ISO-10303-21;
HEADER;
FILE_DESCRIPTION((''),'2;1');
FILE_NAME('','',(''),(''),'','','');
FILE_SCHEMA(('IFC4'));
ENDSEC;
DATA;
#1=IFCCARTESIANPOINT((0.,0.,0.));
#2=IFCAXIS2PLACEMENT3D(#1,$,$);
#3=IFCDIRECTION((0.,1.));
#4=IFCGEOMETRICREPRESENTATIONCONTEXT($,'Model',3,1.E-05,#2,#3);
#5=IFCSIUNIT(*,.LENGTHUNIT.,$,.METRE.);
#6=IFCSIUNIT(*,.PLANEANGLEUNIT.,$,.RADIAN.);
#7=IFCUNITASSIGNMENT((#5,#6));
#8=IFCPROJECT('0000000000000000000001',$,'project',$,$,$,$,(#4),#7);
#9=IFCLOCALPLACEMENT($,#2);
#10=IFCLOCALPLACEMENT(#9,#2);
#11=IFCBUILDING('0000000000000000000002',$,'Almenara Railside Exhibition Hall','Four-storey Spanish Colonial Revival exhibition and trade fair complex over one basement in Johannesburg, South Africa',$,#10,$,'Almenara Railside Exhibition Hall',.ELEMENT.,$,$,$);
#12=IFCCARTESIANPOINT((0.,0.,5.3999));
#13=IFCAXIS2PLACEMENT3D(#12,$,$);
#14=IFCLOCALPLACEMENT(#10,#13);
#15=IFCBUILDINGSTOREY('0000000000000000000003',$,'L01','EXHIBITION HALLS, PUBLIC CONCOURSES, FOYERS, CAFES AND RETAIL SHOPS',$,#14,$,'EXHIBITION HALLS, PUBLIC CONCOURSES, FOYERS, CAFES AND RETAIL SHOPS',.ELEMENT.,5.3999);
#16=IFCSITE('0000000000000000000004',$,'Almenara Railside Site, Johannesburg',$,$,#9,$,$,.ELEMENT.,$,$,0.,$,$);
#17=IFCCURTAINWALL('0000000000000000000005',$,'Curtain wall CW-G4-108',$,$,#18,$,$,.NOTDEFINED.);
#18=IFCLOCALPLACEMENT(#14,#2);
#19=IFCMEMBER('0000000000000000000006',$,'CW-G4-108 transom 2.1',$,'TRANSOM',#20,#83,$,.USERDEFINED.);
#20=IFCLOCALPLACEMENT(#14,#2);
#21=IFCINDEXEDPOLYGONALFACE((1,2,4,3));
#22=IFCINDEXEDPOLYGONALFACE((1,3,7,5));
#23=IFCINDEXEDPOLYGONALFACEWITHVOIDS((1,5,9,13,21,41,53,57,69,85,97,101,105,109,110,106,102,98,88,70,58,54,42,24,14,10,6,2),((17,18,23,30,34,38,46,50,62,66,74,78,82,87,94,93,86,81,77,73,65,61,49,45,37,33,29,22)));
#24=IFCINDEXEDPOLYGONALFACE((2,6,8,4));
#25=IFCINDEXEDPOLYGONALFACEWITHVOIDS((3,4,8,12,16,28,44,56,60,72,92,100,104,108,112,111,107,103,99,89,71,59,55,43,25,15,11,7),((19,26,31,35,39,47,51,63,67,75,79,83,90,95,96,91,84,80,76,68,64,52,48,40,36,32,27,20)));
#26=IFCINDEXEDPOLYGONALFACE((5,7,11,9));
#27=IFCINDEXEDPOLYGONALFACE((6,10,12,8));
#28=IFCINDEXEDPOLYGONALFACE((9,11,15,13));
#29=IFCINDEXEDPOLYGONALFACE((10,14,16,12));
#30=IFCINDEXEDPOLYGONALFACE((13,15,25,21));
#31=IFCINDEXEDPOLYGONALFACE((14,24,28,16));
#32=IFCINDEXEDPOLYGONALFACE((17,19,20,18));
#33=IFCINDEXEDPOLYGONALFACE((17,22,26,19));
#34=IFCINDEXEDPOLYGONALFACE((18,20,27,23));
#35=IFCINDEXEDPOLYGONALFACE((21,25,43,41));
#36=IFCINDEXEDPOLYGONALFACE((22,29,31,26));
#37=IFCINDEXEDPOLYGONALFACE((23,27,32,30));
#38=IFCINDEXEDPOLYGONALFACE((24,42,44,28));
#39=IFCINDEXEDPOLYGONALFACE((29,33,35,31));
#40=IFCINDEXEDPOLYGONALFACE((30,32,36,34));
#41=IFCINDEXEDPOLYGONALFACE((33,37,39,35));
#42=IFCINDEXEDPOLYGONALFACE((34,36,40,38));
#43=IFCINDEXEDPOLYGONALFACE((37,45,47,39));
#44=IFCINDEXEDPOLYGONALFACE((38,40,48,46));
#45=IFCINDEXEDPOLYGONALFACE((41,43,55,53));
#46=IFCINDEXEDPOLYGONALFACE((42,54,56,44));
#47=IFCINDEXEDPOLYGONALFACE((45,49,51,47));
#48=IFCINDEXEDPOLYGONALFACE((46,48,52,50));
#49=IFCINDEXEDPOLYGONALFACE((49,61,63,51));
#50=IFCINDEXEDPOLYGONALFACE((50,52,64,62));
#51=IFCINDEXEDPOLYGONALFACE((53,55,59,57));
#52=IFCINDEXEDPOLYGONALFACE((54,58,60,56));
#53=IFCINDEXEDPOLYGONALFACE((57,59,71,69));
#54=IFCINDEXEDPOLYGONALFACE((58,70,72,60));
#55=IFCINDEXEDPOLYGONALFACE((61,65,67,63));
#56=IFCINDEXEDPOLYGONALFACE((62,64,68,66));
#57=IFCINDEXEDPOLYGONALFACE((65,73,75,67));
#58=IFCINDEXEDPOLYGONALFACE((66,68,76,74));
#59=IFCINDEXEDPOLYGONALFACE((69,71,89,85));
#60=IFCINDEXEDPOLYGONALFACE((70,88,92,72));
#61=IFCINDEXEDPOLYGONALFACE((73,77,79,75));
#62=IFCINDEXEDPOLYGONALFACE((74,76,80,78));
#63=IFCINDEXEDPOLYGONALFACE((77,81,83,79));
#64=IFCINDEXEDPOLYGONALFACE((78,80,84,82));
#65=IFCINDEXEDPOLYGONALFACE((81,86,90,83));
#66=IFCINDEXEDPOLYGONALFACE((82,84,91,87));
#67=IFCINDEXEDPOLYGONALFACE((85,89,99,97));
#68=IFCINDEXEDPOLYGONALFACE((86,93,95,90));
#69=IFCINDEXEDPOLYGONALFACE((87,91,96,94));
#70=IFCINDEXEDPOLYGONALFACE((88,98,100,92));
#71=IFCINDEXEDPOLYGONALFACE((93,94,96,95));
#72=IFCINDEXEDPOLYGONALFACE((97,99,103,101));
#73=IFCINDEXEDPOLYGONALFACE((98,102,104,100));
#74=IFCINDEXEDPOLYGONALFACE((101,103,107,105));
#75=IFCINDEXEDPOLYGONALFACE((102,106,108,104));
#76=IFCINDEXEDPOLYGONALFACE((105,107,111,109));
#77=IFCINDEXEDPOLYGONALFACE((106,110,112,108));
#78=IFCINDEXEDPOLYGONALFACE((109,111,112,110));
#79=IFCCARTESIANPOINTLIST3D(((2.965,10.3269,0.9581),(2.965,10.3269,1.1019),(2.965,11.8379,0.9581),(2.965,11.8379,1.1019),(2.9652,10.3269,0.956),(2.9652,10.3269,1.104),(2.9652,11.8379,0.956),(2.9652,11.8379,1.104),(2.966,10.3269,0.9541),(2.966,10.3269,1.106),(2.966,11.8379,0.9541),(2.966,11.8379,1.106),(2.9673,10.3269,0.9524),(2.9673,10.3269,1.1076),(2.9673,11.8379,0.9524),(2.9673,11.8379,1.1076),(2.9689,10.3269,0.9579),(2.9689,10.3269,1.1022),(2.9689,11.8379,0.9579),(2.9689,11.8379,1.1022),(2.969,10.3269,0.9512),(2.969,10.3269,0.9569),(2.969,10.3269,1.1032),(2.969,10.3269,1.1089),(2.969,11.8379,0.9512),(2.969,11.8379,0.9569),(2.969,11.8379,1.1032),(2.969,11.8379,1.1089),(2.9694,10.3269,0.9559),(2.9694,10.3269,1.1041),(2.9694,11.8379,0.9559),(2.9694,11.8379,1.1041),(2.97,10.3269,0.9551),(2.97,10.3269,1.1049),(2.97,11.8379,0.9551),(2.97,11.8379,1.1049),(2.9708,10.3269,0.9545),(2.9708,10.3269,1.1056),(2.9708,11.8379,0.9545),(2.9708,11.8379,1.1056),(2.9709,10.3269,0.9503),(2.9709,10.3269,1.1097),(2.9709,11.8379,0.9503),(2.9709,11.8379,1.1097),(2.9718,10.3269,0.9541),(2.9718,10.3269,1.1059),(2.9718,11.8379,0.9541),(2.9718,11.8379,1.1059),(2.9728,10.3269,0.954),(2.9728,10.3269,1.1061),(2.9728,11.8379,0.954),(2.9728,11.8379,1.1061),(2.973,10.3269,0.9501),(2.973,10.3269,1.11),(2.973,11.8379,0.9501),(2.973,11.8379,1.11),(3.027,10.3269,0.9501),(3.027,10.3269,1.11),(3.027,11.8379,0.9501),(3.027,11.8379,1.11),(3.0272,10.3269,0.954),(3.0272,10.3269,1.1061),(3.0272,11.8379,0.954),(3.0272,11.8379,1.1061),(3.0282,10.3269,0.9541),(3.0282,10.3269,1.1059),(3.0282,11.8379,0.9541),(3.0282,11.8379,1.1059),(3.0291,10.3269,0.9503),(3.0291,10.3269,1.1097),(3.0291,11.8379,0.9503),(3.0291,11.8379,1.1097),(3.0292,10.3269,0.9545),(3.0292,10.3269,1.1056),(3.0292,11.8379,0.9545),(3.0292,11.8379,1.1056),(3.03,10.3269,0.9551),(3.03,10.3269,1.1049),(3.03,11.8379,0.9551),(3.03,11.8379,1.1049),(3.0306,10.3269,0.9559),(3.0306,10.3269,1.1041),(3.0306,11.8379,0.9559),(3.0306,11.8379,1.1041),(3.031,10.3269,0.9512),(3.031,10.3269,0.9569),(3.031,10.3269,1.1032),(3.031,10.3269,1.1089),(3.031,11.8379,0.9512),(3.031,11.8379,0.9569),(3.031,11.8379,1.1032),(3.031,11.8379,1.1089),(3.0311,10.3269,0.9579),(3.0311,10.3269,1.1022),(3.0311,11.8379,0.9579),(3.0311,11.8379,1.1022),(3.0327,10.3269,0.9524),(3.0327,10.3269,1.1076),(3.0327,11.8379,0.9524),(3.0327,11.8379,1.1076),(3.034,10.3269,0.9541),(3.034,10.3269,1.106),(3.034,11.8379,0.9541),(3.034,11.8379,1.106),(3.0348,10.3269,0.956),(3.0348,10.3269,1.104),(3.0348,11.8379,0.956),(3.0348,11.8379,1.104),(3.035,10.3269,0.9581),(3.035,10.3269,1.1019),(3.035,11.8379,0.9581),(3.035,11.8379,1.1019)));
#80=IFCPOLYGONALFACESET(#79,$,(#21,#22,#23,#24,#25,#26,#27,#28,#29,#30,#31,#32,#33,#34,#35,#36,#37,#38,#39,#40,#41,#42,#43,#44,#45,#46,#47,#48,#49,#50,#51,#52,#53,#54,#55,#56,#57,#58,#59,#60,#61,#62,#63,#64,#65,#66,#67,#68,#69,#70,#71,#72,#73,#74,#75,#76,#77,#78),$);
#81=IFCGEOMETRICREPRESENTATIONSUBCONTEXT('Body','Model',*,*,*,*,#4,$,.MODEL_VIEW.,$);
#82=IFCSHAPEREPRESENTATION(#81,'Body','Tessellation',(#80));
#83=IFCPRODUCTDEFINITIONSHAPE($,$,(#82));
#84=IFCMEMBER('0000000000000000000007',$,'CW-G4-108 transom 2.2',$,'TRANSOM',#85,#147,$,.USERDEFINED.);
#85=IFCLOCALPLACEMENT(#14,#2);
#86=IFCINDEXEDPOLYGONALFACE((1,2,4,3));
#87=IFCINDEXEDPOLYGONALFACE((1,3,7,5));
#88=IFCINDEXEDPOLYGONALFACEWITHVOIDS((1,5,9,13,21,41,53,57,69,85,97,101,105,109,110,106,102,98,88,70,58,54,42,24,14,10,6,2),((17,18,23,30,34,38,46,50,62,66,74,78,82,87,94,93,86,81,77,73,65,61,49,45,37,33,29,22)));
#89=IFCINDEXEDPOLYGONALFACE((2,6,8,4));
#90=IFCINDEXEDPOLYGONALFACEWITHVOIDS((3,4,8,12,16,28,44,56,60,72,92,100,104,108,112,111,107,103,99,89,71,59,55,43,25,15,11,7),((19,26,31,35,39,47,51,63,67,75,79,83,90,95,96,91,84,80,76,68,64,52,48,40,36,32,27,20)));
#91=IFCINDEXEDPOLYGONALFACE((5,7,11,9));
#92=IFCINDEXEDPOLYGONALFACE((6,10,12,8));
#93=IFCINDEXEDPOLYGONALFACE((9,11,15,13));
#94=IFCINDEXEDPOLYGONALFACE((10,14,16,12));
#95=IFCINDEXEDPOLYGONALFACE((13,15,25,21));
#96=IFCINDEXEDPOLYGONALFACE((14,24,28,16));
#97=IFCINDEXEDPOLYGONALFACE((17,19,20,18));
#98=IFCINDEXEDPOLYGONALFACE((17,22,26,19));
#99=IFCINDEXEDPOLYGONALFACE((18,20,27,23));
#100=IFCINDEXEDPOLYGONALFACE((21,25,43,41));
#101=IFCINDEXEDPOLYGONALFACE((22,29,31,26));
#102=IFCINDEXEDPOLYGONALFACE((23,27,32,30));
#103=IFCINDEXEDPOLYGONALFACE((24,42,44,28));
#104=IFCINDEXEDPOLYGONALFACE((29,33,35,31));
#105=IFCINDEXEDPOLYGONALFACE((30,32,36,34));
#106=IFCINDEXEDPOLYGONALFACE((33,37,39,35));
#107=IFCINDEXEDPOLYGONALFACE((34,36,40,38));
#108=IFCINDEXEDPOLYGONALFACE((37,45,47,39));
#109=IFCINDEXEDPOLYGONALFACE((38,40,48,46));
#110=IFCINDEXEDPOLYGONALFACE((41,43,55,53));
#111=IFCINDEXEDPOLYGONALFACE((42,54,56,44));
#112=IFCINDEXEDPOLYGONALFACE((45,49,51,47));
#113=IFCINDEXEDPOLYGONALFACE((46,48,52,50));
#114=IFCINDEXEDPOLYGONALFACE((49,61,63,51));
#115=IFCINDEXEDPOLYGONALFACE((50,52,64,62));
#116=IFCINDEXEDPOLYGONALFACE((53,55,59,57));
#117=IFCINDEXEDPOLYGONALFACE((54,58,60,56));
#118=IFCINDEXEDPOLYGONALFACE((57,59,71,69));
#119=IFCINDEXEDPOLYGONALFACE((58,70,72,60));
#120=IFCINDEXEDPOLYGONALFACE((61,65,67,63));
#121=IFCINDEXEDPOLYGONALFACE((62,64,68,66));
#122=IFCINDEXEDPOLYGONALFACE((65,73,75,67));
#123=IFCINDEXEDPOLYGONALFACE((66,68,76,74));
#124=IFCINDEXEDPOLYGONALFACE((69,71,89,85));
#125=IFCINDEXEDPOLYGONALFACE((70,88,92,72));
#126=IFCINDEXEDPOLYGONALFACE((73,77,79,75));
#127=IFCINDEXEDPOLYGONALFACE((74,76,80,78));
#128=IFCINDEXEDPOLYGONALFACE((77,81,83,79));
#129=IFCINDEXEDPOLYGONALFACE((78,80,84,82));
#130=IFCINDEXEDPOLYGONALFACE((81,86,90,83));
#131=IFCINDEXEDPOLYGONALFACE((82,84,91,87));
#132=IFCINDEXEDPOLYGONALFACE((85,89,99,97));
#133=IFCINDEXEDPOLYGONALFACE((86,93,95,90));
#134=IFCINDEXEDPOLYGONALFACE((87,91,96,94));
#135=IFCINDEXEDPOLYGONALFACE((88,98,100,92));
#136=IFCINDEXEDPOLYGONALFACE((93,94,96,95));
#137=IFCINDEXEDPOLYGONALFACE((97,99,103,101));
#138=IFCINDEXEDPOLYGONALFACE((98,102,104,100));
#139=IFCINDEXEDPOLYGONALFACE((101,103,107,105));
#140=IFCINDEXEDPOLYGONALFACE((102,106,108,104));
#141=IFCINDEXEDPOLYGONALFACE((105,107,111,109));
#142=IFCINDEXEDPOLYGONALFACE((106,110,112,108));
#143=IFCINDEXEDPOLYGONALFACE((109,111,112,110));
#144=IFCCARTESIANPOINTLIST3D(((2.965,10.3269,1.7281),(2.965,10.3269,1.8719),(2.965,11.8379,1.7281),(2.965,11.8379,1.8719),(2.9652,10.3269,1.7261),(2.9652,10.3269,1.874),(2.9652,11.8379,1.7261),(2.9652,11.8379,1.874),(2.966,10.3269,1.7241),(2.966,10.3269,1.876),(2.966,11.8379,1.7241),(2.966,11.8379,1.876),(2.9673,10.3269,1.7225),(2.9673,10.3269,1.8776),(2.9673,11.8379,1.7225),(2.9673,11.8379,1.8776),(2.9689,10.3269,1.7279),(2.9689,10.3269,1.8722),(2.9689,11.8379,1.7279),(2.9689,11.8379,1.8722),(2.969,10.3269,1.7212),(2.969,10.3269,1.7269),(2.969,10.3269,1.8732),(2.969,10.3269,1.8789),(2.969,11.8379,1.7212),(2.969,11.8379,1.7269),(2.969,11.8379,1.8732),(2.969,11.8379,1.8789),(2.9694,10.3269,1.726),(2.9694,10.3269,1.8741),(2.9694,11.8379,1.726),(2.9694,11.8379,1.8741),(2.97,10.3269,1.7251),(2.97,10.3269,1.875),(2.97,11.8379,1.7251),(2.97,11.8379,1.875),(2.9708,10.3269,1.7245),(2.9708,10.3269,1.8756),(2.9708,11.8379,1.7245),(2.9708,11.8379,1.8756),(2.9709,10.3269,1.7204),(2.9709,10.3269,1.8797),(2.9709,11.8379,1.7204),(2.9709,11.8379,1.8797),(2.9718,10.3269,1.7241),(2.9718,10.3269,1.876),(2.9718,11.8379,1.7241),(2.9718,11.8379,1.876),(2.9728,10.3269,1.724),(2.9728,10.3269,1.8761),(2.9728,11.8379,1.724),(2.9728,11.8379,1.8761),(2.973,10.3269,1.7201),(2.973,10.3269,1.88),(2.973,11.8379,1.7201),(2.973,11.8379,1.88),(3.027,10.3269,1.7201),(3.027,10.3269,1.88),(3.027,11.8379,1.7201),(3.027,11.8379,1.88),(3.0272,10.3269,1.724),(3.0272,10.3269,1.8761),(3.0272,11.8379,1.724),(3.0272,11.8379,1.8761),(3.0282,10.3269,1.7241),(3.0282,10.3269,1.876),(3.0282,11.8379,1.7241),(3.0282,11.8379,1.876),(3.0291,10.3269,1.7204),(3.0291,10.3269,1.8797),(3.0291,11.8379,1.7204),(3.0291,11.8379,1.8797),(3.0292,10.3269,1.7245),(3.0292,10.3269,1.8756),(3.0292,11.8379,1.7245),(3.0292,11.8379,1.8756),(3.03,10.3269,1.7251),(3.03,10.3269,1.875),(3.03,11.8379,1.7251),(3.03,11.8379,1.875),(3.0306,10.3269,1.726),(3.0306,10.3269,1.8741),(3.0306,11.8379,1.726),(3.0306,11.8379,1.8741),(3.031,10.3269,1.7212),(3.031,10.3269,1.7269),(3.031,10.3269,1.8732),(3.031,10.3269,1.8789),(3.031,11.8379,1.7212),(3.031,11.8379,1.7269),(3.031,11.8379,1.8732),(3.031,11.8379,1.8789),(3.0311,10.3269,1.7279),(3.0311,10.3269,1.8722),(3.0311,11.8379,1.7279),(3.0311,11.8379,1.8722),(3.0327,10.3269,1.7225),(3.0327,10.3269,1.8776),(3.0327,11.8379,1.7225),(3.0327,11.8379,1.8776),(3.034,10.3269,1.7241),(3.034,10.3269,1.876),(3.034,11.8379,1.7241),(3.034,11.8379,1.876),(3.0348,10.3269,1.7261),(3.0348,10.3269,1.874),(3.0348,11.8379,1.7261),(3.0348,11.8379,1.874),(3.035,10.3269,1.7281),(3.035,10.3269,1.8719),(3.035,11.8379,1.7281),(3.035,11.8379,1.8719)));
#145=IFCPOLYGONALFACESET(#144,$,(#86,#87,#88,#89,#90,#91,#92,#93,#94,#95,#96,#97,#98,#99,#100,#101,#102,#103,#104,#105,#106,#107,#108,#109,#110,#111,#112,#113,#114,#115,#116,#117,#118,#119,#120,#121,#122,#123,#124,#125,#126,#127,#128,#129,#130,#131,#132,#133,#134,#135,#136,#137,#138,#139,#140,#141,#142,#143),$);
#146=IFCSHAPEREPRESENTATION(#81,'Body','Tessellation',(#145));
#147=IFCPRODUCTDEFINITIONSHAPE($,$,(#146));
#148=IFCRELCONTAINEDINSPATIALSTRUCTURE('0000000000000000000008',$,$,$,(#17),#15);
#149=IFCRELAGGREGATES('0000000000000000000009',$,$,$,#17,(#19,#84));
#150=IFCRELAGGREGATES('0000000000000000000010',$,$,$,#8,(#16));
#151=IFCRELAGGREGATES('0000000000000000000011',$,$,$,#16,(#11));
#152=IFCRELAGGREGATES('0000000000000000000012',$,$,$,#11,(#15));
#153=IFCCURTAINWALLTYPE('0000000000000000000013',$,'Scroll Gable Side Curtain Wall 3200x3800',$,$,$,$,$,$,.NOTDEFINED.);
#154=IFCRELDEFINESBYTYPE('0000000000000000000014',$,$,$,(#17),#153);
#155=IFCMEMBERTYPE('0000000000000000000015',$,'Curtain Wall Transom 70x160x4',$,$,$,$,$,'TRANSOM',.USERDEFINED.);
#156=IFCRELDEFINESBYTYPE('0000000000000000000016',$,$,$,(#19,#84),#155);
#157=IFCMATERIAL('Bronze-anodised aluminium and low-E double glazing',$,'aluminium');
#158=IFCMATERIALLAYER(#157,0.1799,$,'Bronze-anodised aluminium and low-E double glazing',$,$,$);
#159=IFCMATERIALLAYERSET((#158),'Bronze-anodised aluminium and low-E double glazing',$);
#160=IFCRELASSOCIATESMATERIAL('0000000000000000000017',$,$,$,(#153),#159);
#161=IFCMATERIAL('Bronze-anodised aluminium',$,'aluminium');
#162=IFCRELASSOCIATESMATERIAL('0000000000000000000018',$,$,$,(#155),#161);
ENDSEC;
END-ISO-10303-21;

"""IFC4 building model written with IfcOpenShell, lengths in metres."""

from ifc_helpers import new_model, si_unit, direction, frame, origin, origin_2d, place, context, subcontext, project, spatial, hollow_rectangle, extrude, material, layer, layer_set, material_profile, profile_set, type_object, element, aggregate, save


model = new_model("IFC4")

# Units and contexts
model_context = context("Model", 3, precision=1e-05, world=origin(), true_north=direction((0.0, 1.0)))
body_context = subcontext(model_context, "Body", "Model", "MODEL_VIEW")
ifc_project = project(units=[si_unit("LENGTHUNIT", "METRE"), si_unit("PLANEANGLEUNIT", "RADIAN")], contexts=[model_context])

# Site, building, storey
site_placement = place(None, origin())
site = spatial("IfcSite", under=ifc_project, at=site_placement, Name="Almenara Railside Site, Johannesburg", CompositionType="ELEMENT", RefElevation=0.0)
building_placement = place(site_placement, origin())
building = spatial("IfcBuilding", under=site, at=building_placement, Name="Almenara Railside Exhibition Hall", Description="Four-storey Spanish Colonial Revival exhibition and trade fair complex over one basement in Johannesburg, South Africa", LongName="Almenara Railside Exhibition Hall", CompositionType="ELEMENT")
storey_placement = place(building_placement, frame((0.0, 0.0, 5.3999)))
storey = spatial("IfcBuildingStorey", under=building, at=storey_placement, Name="L01", Description="EXHIBITION HALLS, PUBLIC CONCOURSES, FOYERS, CAFES AND RETAIL SHOPS", LongName="EXHIBITION HALLS, PUBLIC CONCOURSES, FOYERS, CAFES AND RETAIL SHOPS", CompositionType="ELEMENT", Elevation=5.3999)

# Shared definitions
ifc_material_1 = material(Name="Bronze-anodised aluminium and low-E double glazing", Category="aluminium")
ifc_material_2 = material(Name="Bronze-anodised aluminium", Category="aluminium")

# Curtain wall
ifc_layer_1 = layer(ifc_material_1, 0.1799, Name="Bronze-anodised aluminium and low-E double glazing")
ifc_layer_set_1 = layer_set([ifc_layer_1], Name="Bronze-anodised aluminium and low-E double glazing")
curtain_wall_type_1 = type_object("IfcCurtainWallType", Name="Scroll Gable Side Curtain Wall 3200x3800", PredefinedType="NOTDEFINED", material=ifc_layer_set_1)
curtain_wall_1_placement = place(storey_placement, origin())
curtain_wall_1 = element("IfcCurtainWall", 1, at=curtain_wall_1_placement, inside=storey, type_object=curtain_wall_type_1, Name="Curtain wall CW-G4-108", PredefinedType="NOTDEFINED")

# Members
ifc_material_profile_1 = material_profile(ifc_material_2, hollow_rectangle(XDim=0.0701, YDim=0.1599, WallThickness=0.0039, InnerFilletRadius=0.0039, OuterFilletRadius=0.0081, at=origin_2d()), Name="ALU-TRN 70x160x4")
ifc_profile_set_1 = profile_set([ifc_material_profile_1], Name="Bronze-anodised aluminium")
member_type_1 = type_object("IfcMemberType", Name="Curtain Wall Transom 70x160x4", ElementType="TRANSOM", PredefinedType="USERDEFINED", material=ifc_profile_set_1)
member_1_placement = place(storey_placement, frame((3.0, 10.3269, 1.03), z_axis=(0.0, 1.0, 0.0), x_axis=(-1.0, 0.0, 0.0)))
member_1 = element("IfcMember", 2, at=member_1_placement, type_object=member_type_1, Name="CW-G4-108 transom 2.1", ObjectType="TRANSOM", PredefinedType="USERDEFINED", context=body_context, shape_type="SweptSolid", body=[
    extrude(hollow_rectangle(XDim=0.0701, YDim=0.1599, WallThickness=0.0039, InnerFilletRadius=0.0039, OuterFilletRadius=0.0081, at=origin_2d()), origin(), (0.0, 0.0, 1.0), 1.511),
])
member_2_placement = place(storey_placement, frame((3.0, 10.3269, 1.8), z_axis=(0.0, 1.0, 0.0), x_axis=(-1.0, 0.0, 0.0)))
member_2 = element("IfcMember", 3, at=member_2_placement, type_object=member_type_1, Name="CW-G4-108 transom 2.2", ObjectType="TRANSOM", PredefinedType="USERDEFINED", context=body_context, shape_type="SweptSolid", body=[
    extrude(hollow_rectangle(XDim=0.0701, YDim=0.1599, WallThickness=0.0039, InnerFilletRadius=0.0039, OuterFilletRadius=0.0081, at=origin_2d()), origin(), (0.0, 0.0, 1.0), 1.511),
])

aggregate(curtain_wall_1, [member_1, member_2])

save(model, "model.ifc")
